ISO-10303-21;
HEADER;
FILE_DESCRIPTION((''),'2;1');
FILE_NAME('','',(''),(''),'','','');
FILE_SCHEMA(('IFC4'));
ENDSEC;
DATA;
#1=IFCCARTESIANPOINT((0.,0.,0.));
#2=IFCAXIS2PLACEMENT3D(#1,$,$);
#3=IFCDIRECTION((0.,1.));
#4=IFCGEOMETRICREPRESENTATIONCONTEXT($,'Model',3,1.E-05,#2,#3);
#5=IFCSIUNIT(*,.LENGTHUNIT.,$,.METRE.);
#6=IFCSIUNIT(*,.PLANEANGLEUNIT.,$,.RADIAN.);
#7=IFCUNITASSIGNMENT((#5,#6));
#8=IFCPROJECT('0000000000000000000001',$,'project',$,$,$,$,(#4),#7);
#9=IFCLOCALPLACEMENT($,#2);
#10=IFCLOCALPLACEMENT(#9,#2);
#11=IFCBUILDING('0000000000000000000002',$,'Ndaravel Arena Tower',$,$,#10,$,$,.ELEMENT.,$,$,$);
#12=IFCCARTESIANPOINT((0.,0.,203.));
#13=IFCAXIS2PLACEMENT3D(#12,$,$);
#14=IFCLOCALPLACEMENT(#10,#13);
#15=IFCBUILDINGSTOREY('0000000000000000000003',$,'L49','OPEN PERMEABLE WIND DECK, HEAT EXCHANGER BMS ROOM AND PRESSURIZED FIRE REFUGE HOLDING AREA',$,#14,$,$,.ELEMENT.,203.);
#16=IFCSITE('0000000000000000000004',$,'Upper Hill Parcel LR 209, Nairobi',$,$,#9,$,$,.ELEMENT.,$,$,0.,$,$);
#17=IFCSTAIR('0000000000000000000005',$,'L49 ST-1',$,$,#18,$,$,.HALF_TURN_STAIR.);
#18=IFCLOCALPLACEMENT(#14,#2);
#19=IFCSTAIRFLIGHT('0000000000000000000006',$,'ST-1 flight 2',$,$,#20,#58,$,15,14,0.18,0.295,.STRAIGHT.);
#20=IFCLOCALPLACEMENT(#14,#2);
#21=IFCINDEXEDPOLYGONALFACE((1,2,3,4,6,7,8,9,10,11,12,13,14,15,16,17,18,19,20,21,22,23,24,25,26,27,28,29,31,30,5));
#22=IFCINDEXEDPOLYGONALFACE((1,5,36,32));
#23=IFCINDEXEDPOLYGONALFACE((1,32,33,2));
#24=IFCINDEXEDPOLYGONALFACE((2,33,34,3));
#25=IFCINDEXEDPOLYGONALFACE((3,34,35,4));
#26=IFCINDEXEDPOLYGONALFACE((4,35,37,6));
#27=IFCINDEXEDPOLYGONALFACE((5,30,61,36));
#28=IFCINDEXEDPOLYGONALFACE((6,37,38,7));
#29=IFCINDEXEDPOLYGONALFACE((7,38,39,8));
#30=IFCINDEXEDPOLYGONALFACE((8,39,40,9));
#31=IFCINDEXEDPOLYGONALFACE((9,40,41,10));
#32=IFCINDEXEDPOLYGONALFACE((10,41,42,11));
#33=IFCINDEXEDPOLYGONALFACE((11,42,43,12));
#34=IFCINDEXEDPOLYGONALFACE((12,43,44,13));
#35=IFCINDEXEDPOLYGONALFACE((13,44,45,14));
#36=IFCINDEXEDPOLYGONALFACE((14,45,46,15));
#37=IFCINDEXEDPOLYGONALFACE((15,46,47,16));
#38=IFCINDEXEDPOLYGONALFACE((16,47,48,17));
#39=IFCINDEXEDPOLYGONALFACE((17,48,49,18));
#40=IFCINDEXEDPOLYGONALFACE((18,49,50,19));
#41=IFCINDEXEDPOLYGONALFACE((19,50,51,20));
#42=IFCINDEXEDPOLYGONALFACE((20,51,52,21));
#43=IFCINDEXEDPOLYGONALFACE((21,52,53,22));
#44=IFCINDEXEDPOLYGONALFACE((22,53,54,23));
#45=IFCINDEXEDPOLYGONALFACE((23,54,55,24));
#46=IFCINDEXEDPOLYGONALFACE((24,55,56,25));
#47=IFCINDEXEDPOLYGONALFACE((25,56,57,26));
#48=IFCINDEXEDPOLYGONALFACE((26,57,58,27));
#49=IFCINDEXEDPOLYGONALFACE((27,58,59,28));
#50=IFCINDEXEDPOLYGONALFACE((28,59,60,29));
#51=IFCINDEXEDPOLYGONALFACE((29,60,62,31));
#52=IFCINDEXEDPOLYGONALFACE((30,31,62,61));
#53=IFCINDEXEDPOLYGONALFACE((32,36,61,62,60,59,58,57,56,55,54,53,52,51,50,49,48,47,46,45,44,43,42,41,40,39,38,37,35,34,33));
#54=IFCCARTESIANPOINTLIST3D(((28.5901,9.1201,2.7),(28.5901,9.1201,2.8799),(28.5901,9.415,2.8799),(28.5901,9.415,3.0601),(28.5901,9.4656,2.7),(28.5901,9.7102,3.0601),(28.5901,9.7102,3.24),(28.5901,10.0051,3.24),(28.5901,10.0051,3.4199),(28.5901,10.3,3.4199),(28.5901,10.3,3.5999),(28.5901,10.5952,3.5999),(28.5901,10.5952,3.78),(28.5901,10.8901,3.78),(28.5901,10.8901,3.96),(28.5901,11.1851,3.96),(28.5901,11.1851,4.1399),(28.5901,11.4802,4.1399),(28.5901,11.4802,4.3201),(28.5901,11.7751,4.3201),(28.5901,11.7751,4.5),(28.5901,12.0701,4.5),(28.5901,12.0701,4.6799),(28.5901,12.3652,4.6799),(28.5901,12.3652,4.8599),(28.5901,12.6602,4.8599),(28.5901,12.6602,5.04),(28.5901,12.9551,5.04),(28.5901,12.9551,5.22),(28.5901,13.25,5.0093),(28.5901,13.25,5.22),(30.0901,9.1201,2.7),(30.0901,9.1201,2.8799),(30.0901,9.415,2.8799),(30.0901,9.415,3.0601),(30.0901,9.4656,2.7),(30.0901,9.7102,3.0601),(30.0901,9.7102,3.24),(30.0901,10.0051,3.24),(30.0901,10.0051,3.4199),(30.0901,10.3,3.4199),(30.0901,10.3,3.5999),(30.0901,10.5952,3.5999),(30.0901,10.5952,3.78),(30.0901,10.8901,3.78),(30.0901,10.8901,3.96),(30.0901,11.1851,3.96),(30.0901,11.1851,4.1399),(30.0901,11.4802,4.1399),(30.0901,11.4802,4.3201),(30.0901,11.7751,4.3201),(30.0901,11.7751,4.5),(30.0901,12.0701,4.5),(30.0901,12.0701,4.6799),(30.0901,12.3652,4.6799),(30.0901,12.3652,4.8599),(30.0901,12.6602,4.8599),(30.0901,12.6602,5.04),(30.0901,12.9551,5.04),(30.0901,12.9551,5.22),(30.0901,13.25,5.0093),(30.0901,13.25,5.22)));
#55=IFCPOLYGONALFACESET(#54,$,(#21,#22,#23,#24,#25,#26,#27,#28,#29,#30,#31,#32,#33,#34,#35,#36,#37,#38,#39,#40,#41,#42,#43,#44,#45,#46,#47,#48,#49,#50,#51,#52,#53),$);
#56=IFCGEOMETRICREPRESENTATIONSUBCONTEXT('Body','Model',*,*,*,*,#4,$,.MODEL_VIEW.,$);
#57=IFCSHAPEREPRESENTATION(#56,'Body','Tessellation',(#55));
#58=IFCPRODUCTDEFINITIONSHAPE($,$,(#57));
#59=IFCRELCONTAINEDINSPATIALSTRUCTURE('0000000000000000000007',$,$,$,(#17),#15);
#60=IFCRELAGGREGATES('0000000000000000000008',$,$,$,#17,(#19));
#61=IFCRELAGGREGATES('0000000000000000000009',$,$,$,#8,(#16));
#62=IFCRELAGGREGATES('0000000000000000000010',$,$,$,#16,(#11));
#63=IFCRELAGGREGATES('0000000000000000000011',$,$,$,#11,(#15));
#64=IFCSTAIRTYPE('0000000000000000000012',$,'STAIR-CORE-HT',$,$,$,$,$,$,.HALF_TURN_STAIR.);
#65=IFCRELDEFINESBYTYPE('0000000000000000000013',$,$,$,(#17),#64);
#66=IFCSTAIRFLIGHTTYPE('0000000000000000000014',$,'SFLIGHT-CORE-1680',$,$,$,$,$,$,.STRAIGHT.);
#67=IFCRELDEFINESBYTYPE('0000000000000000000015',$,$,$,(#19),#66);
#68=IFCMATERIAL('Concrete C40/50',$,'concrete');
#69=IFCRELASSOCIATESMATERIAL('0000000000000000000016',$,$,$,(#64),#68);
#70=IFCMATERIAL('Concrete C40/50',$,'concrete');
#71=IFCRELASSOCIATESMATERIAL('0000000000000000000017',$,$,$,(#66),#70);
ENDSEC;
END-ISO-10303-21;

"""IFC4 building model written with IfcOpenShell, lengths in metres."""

from ifc_helpers import new_model, si_unit, direction, frame, origin, place, context, subcontext, project, spatial, polyline, outline, extrude, material, type_object, element, aggregate, save


model = new_model("IFC4")

# Units and contexts
model_context = context("Model", 3, precision=1e-05, world=origin(), true_north=direction((0.0, 1.0)))
body_context = subcontext(model_context, "Body", "Model", "MODEL_VIEW")
ifc_project = project(units=[si_unit("LENGTHUNIT", "METRE"), si_unit("PLANEANGLEUNIT", "RADIAN")], contexts=[model_context])

# Site, building, storey
site_placement = place(None, origin())
site = spatial("IfcSite", under=ifc_project, at=site_placement, Name="Upper Hill Parcel LR 209, Nairobi", CompositionType="ELEMENT", RefElevation=0.0)
building_placement = place(site_placement, origin())
building = spatial("IfcBuilding", under=site, at=building_placement, Name="Ndaravel Arena Tower", CompositionType="ELEMENT")
storey_placement = place(building_placement, frame((0.0, 0.0, 203.0)))
storey = spatial("IfcBuildingStorey", under=building, at=storey_placement, Name="L49", Description="OPEN PERMEABLE WIND DECK, HEAT EXCHANGER BMS ROOM AND PRESSURIZED FIRE REFUGE HOLDING AREA", CompositionType="ELEMENT", Elevation=203.0)

# Stair, stair flight
ifc_material_1 = material(Name="Concrete C40/50", Category="concrete")
stair_type = type_object("IfcStairType", Name="STAIR-CORE-HT", PredefinedType="HALF_TURN_STAIR", material=ifc_material_1)
stair_placement = place(storey_placement, origin())
stair = element("IfcStair", 1, at=stair_placement, inside=storey, type_object=stair_type, Name="L49 ST-1", PredefinedType="HALF_TURN_STAIR")
ifc_material_2 = material(Name="Concrete C40/50", Category="concrete")
stair_flight_type = type_object("IfcStairFlightType", Name="SFLIGHT-CORE-1680", PredefinedType="STRAIGHT", material=ifc_material_2)
stair_flight_1_placement = place(storey_placement, frame((29.3401, 9.1201, 2.7), z_axis=(0.0, 0.0, 1.0), x_axis=(0.0, 1.0, 0.0)))
stair_flight_1 = element("IfcStairFlight", 2, at=stair_flight_1_placement, type_object=stair_flight_type, Name="ST-1 flight 2", NumberOfRisers=15, NumberOfTreads=14, PredefinedType="STRAIGHT", RiserHeight=0.18, TreadLength=0.295, context=body_context, shape_type="SweptSolid", body=[
    extrude(outline(polyline([(0.0, 0.0), (0.0, 0.1799), (0.2949, 0.1799), (0.2949, 0.3601), (0.5901, 0.3601), (0.5901, 0.54), (0.885, 0.54), (0.885, 0.72), (1.1799, 0.72), (1.1799, 0.8999), (1.4751, 0.8999), (1.4751, 1.0801), (1.77, 1.0801), (1.77, 1.26), (2.0649, 1.26), (2.0649, 1.4399), (2.3601, 1.4399), (2.3601, 1.6201), (2.655, 1.6201), (2.655, 1.8), (2.95, 1.8), (2.95, 1.98), (3.2451, 1.98), (3.2451, 2.1599), (3.54, 2.1599), (3.54, 2.3401), (3.835, 2.3401), (3.835, 2.52), (4.1299, 2.52), (4.1299, 2.7), (4.1299, 2.3093), (0.3455, 0.0), (0.0, 0.0)])), frame((0.0, 0.75, 0.0), z_axis=(0.0, -1.0, 0.0), x_axis=(1.0, 0.0, 0.0)), (0.0, 0.0, 1.0), 1.5),
])
aggregate(stair, [stair_flight_1])

save(model, "model.ifc")
